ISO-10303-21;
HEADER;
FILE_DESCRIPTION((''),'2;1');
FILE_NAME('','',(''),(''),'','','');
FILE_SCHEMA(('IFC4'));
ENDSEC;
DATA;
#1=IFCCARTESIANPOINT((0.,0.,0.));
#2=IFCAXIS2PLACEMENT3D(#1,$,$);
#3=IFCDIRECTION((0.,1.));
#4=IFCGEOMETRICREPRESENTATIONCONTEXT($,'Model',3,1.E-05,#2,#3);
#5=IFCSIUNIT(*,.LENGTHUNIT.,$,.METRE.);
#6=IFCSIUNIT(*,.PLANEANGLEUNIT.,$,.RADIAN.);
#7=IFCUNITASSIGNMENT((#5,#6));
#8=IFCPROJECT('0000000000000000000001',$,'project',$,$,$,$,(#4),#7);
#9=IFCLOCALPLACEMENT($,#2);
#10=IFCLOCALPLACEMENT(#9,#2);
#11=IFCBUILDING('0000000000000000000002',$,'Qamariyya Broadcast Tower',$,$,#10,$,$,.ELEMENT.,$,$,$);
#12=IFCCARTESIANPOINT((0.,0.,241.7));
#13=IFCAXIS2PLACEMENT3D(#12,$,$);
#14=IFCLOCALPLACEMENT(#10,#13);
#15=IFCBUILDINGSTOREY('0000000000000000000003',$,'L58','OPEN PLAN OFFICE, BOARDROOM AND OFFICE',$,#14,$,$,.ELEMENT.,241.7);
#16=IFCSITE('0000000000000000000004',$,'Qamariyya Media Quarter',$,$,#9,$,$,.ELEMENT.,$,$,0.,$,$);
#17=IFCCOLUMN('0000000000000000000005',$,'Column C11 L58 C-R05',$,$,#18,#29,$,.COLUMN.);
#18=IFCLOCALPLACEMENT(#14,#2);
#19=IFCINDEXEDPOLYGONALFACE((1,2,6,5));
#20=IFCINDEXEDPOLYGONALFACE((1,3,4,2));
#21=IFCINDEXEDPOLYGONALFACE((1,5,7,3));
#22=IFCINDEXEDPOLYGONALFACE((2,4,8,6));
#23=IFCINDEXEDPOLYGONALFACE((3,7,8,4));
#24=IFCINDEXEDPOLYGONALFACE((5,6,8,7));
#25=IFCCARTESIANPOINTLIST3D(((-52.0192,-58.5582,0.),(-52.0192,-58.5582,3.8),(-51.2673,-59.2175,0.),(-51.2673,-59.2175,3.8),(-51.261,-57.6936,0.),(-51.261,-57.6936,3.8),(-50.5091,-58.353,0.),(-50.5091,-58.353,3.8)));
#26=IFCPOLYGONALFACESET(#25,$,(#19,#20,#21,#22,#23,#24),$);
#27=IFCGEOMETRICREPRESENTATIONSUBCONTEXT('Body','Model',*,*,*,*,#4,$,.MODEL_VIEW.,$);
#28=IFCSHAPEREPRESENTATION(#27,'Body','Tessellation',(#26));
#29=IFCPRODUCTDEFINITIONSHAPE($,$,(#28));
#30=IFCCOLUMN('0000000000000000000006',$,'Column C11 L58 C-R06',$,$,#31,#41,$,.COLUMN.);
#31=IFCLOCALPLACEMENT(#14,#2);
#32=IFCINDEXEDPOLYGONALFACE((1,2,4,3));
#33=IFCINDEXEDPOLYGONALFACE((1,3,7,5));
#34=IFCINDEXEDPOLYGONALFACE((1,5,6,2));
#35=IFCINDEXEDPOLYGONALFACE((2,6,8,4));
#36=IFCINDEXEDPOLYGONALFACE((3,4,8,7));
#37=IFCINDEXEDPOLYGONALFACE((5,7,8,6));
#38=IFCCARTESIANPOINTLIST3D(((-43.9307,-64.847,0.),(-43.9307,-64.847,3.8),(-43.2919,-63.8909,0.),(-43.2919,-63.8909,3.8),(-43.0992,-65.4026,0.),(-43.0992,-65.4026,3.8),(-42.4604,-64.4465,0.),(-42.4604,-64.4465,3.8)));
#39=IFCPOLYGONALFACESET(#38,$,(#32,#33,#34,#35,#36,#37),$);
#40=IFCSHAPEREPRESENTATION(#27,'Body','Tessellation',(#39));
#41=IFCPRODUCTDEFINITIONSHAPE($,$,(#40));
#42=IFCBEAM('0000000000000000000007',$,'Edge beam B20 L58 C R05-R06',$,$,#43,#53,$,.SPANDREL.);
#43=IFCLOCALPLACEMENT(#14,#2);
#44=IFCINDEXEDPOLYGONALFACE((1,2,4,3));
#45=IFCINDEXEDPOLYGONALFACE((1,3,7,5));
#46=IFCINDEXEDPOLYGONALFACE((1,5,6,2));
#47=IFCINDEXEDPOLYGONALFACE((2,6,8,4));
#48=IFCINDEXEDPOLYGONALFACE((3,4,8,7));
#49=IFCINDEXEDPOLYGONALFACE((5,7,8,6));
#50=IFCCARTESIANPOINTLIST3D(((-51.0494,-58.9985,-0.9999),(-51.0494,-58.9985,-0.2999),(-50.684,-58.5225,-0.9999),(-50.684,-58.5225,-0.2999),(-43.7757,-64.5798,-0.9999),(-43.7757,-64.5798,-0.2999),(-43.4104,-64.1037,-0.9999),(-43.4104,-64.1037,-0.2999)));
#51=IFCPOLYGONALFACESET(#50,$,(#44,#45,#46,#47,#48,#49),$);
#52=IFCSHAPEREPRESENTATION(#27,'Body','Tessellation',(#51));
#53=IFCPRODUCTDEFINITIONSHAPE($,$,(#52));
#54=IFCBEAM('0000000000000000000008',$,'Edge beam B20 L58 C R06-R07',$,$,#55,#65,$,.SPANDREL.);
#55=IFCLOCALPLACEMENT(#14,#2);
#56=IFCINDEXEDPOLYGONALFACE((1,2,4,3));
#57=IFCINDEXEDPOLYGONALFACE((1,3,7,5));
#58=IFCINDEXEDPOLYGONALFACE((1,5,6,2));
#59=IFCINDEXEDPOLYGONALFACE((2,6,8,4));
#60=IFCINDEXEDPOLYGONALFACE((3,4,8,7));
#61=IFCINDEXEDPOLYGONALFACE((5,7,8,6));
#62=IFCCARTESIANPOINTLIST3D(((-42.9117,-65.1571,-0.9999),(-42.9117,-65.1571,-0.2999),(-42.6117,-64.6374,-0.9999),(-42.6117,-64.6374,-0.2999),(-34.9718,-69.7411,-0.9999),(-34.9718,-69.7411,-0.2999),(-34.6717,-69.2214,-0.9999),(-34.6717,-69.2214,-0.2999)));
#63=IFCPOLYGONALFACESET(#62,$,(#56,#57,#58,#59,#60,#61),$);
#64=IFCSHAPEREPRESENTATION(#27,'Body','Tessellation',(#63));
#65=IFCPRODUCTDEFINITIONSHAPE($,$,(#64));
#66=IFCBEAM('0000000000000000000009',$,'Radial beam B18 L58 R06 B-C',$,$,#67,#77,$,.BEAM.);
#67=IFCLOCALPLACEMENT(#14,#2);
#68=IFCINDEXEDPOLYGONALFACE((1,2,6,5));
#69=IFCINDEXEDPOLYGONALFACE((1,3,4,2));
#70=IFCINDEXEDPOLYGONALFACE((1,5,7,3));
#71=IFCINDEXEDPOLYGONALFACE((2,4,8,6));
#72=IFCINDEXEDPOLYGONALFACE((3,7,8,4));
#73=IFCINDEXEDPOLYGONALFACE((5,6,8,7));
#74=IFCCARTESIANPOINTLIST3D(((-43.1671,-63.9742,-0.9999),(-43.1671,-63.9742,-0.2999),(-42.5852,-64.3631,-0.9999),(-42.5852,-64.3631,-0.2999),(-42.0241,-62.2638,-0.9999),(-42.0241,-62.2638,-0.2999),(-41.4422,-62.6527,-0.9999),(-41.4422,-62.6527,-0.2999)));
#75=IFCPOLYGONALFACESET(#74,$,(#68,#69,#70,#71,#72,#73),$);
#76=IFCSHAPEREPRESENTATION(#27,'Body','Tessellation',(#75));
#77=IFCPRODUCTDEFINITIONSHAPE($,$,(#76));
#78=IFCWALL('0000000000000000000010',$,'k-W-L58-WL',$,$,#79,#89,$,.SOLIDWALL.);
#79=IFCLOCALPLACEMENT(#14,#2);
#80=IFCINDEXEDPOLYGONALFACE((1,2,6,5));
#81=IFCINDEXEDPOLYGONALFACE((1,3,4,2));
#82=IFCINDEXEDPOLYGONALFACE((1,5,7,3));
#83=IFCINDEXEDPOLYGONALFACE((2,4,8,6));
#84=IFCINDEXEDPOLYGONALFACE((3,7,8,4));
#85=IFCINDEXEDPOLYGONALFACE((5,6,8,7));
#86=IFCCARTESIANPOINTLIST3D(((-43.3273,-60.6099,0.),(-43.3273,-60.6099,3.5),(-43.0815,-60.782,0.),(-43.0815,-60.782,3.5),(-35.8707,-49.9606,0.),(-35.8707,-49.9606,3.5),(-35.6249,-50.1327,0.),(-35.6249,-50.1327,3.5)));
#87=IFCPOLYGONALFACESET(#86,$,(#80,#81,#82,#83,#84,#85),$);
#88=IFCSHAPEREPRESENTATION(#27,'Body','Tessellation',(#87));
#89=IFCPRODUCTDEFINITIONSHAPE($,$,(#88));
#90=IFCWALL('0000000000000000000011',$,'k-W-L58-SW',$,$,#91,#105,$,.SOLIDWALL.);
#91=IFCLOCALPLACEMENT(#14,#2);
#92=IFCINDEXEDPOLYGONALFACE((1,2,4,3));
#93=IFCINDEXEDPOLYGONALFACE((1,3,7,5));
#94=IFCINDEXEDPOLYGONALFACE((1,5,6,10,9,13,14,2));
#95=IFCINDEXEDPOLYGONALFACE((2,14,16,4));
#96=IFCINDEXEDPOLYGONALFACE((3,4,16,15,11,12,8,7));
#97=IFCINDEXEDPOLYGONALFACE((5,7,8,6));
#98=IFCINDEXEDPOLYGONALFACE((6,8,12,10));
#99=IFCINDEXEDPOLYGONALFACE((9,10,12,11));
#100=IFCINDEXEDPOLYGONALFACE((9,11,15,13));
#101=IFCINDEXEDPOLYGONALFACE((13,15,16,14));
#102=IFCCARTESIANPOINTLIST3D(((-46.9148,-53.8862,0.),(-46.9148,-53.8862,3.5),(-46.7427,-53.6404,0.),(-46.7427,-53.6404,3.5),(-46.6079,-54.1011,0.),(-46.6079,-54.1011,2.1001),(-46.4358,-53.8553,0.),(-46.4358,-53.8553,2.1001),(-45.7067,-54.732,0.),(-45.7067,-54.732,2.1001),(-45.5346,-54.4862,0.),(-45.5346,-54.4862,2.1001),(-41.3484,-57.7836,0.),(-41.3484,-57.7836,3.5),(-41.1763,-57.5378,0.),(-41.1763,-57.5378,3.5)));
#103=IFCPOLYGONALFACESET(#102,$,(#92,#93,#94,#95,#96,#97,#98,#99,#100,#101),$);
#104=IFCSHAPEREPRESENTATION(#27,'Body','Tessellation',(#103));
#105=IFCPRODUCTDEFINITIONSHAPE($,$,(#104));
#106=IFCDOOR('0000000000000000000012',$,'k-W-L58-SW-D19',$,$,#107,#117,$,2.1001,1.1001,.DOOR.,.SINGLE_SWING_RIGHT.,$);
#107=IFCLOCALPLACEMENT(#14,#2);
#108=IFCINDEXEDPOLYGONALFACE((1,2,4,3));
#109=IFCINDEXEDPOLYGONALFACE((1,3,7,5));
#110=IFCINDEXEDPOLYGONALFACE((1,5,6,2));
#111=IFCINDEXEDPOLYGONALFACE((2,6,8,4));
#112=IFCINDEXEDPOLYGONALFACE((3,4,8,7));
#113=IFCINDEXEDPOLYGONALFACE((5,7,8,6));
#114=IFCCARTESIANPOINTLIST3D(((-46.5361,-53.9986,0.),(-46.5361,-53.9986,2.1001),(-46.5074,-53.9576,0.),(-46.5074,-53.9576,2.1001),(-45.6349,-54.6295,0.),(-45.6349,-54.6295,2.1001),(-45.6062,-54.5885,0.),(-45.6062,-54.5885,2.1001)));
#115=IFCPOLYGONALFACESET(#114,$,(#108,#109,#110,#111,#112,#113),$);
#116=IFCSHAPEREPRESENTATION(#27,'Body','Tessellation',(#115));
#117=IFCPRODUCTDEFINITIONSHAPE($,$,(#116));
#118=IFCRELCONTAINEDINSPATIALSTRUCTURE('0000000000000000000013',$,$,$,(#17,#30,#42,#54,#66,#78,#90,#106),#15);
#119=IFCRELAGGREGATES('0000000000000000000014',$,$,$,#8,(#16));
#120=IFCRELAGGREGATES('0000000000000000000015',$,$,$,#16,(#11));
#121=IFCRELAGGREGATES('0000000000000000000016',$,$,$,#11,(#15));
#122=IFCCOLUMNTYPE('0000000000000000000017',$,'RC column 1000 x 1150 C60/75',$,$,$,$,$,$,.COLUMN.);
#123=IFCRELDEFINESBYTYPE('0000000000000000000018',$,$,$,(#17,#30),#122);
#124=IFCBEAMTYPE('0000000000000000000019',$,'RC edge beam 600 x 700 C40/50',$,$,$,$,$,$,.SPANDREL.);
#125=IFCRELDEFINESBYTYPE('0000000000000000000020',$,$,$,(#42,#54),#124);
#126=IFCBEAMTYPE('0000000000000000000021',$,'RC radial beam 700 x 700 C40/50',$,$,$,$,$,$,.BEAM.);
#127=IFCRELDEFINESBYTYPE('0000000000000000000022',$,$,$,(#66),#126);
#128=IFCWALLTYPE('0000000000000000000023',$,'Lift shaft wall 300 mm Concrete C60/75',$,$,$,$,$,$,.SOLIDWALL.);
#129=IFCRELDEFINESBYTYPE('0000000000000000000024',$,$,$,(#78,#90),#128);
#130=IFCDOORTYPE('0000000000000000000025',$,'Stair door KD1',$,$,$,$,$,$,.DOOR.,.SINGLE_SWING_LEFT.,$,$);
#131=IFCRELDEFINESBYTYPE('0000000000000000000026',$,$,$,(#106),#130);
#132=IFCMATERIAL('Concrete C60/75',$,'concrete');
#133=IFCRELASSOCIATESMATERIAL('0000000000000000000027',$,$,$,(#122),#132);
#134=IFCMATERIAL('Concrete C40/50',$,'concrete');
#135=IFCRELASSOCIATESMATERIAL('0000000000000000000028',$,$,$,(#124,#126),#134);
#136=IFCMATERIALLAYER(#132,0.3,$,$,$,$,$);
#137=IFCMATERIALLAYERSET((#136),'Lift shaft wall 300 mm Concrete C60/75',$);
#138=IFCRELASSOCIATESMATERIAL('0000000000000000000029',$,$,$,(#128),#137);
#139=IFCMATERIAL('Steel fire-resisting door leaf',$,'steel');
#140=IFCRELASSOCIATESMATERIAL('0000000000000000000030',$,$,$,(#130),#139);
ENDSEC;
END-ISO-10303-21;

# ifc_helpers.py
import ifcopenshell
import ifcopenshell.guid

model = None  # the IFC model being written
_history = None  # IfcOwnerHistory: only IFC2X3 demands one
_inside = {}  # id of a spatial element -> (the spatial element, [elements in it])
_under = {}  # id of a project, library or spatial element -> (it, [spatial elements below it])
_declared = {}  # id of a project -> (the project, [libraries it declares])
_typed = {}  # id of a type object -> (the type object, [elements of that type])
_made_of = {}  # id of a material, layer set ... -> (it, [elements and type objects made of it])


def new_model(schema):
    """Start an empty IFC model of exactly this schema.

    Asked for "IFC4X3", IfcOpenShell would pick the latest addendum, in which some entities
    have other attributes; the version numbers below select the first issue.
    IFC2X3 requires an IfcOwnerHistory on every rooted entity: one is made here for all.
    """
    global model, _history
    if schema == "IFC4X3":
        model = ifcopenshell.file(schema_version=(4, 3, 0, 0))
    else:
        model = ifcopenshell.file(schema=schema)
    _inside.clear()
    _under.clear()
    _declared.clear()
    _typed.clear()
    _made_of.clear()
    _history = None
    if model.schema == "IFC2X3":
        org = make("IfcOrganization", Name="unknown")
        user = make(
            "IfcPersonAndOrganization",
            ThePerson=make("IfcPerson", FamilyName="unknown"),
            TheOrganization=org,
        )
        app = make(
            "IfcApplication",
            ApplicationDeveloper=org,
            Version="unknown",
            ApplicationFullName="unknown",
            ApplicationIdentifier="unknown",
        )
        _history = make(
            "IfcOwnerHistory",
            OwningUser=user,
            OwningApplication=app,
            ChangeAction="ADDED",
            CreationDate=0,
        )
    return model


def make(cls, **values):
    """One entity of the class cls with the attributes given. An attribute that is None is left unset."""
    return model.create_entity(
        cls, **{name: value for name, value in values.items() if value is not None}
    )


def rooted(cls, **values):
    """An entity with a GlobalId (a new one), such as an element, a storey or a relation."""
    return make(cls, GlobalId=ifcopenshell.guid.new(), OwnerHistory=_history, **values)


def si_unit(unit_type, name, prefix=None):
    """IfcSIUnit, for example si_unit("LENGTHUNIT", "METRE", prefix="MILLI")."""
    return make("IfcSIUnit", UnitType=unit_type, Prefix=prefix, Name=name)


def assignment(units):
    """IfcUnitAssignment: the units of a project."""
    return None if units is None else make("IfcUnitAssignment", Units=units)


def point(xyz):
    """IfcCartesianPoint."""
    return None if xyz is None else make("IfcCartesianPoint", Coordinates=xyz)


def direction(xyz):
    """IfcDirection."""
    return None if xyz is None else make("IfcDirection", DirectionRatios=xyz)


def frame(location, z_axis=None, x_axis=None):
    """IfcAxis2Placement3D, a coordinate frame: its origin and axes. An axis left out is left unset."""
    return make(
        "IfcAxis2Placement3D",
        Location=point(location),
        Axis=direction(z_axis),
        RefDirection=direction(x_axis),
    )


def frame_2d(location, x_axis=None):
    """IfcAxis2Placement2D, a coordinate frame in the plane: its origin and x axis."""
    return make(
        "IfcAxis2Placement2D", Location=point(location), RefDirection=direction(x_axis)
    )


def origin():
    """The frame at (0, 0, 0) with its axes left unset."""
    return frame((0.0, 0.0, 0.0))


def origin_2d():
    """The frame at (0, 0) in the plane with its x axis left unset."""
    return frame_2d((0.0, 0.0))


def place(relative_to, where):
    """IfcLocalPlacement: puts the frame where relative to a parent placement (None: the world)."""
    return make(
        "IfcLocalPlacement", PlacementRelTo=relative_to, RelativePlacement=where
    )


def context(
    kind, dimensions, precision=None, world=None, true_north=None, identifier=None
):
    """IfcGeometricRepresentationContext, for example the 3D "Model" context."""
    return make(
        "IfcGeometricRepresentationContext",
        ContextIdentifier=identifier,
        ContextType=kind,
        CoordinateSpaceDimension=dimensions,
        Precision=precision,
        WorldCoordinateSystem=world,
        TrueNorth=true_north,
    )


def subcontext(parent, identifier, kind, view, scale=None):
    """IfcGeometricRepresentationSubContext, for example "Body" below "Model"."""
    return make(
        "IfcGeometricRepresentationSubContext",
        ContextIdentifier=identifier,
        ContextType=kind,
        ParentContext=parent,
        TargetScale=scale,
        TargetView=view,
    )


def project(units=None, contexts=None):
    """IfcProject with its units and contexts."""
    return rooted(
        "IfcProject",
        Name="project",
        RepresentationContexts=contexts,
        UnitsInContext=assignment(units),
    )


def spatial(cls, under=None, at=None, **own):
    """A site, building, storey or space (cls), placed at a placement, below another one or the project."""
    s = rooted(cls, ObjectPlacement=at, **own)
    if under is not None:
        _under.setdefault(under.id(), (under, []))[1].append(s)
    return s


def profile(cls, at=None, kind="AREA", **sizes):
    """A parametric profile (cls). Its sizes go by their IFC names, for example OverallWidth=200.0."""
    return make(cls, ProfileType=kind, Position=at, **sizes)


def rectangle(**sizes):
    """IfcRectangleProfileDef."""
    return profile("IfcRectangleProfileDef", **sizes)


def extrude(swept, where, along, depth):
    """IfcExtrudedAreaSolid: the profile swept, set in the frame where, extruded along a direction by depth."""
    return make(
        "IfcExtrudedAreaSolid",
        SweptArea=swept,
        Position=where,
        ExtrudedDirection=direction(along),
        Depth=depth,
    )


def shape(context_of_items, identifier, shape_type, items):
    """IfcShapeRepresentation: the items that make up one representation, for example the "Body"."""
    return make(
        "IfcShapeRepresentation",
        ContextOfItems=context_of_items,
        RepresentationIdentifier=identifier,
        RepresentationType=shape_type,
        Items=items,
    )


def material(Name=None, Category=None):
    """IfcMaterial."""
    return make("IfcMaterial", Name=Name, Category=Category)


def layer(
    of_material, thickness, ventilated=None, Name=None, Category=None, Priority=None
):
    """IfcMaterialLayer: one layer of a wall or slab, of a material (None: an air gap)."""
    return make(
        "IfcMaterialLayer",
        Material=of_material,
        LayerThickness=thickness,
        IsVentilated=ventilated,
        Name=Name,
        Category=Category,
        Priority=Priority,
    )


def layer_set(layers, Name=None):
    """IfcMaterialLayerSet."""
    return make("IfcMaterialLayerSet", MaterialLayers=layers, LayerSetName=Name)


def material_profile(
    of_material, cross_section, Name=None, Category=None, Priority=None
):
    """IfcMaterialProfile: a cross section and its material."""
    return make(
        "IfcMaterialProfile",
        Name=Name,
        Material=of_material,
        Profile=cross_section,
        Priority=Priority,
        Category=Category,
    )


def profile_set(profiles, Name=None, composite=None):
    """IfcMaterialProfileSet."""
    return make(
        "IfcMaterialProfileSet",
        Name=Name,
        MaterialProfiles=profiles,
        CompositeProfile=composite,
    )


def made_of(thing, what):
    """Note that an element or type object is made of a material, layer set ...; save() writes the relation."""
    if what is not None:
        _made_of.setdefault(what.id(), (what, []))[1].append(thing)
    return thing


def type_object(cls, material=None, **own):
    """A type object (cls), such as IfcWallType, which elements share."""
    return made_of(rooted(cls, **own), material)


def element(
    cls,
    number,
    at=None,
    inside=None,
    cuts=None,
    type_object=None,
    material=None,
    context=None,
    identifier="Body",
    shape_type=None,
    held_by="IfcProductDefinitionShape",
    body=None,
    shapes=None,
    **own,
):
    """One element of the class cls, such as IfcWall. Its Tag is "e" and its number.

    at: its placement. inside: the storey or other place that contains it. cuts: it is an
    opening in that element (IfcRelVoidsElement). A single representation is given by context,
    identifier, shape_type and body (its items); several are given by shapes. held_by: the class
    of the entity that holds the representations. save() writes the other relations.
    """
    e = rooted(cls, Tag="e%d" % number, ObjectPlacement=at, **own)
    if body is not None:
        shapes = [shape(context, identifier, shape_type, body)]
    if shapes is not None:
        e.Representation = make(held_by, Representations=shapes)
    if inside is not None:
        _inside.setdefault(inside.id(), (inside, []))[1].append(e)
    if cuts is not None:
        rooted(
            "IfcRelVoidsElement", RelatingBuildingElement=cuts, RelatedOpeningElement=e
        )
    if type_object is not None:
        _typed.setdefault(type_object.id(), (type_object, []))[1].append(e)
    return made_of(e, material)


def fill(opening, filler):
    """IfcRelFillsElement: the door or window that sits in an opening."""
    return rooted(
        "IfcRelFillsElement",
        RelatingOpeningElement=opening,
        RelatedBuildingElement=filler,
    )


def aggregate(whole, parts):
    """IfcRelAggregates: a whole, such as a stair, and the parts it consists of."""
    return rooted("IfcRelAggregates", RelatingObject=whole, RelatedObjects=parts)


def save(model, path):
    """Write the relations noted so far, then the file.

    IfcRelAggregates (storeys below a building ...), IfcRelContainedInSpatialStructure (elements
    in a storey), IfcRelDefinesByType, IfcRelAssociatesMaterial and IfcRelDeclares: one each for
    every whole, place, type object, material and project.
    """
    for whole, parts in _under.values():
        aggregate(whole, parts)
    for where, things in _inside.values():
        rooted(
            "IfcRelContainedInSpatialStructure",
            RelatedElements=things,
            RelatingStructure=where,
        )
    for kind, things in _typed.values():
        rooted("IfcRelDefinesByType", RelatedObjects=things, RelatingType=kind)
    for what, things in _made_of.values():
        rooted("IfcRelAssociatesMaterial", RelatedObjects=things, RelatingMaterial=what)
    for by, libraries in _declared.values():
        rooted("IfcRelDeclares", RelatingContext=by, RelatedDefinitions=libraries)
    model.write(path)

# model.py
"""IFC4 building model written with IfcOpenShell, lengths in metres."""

from ifc_helpers import new_model, si_unit, direction, frame, frame_2d, origin, origin_2d, place, context, subcontext, project, spatial, rectangle, extrude, material, layer, layer_set, material_profile, profile_set, type_object, element, fill, save


model = new_model("IFC4")

# Units and contexts
model_context = context("Model", 3, precision=1e-05, world=origin(), true_north=direction((0.0, 1.0)))
body_context = subcontext(model_context, "Body", "Model", "MODEL_VIEW")
ifc_project = project(units=[si_unit("LENGTHUNIT", "METRE"), si_unit("PLANEANGLEUNIT", "RADIAN")], contexts=[model_context])

# Site, building, storey
site_placement = place(None, origin())
site = spatial("IfcSite", under=ifc_project, at=site_placement, Name="Qamariyya Media Quarter", CompositionType="ELEMENT", RefElevation=0.0)
building_placement = place(site_placement, origin())
building = spatial("IfcBuilding", under=site, at=building_placement, Name="Qamariyya Broadcast Tower", CompositionType="ELEMENT")
storey_placement = place(building_placement, frame((0.0, 0.0, 241.7)))
storey = spatial("IfcBuildingStorey", under=building, at=storey_placement, Name="L58", Description="OPEN PLAN OFFICE, BOARDROOM AND OFFICE", CompositionType="ELEMENT", Elevation=241.7)

# Columns
ifc_material_1 = material(Name="Concrete C60/75", Category="concrete")
ifc_material_profile_1 = material_profile(ifc_material_1, rectangle(XDim=1.0, YDim=1.1499, at=origin_2d()))
ifc_profile_set_1 = profile_set([ifc_material_profile_1], Name="Concrete C60/75")
column_type = type_object("IfcColumnType", Name="RC column 1000 x 1150 C60/75", PredefinedType="COLUMN", material=ifc_profile_set_1)
for number, where, z_axis, x_axis, name in (
    (1, (-51.2642, -58.4556, 0.0), (0.0, 0.0, 1.0), (0.75184, -0.659346, 0.0), "Column C11 L58 C-R05"),
    (2, (-43.1956, -64.6467, 0.0), (0.0, 0.0, 1.0), (0.83147, -0.55557, 0.0), "Column C11 L58 C-R06"),
):
    element("IfcColumn", number, at=place(storey_placement, frame(where, z_axis=z_axis, x_axis=x_axis)), inside=storey, type_object=column_type, Name=name, PredefinedType="COLUMN", context=body_context, shape_type="SweptSolid", body=[
        extrude(rectangle(XDim=1.0, YDim=1.1499, at=origin_2d()), origin(), (0.0, 0.0, 1.0), 3.8),
    ])

# Beams
ifc_material_2 = material(Name="Concrete C40/50", Category="concrete")
ifc_material_profile_2 = material_profile(ifc_material_2, rectangle(XDim=0.6001, YDim=0.7, at=origin_2d()))
ifc_profile_set_2 = profile_set([ifc_material_profile_2], Name="Concrete C40/50")
beam_type_1 = type_object("IfcBeamType", Name="RC edge beam 600 x 700 C40/50", PredefinedType="SPANDREL", material=ifc_profile_set_2)
for number, where, z_axis, x_axis, name in (
    (3, (-50.8667, -58.7605, -0.6499), (0.793353, -0.608762, 0.0), (0.608762, 0.793353, 0.0), "Edge beam B20 L58 C R05-R06"),
    (4, (-42.7617, -64.8972, -0.6499), (0.866032, -0.499988, 0.0), (0.499988, 0.866032, 0.0), "Edge beam B20 L58 C R06-R07"),
):
    element("IfcBeam", number, at=place(storey_placement, frame(where, z_axis=z_axis, x_axis=x_axis)), inside=storey, type_object=beam_type_1, Name=name, PredefinedType="SPANDREL", context=body_context, shape_type="SweptSolid", body=[
        extrude(rectangle(XDim=0.6001, YDim=0.7, at=origin_2d()), origin(), (0.0, 0.0, 1.0), 9.1682),
    ])
ifc_material_profile_3 = material_profile(ifc_material_2, rectangle(XDim=0.7, YDim=0.7, at=origin_2d()))
ifc_profile_set_3 = profile_set([ifc_material_profile_3], Name="Concrete C40/50")
beam_type_2 = type_object("IfcBeamType", Name="RC radial beam 700 x 700 C40/50", PredefinedType="BEAM", material=ifc_profile_set_3)
beam_placement = place(storey_placement, frame((-41.7332, -62.4583, -0.6499), z_axis=(-0.555631, -0.831429, 0.0), x_axis=(0.831429, -0.555631, 0.0)))
element("IfcBeam", 5, at=beam_placement, inside=storey, type_object=beam_type_2, Name="Radial beam B18 L58 R06 B-C", PredefinedType="BEAM", context=body_context, shape_type="SweptSolid", body=[
    extrude(rectangle(XDim=0.7, YDim=0.7, at=origin_2d()), origin(), (0.0, 0.0, 1.0), 2.0571),
])

# Wall
ifc_layer = layer(ifc_material_1, 0.3)
ifc_layer_set = layer_set([ifc_layer], Name="Lift shaft wall 300 mm Concrete C60/75")
wall_type = type_object("IfcWallType", Name="Lift shaft wall 300 mm Concrete C60/75", PredefinedType="SOLIDWALL", material=ifc_layer_set)
wall_1_placement = place(storey_placement, frame((-43.2043, -60.6958, 0.0), z_axis=(0.0, 0.0, 1.0), x_axis=(0.573572, 0.819155, 0.0)))
element("IfcWall", 6, at=wall_1_placement, inside=storey, type_object=wall_type, Name="k-W-L58-WL", PredefinedType="SOLIDWALL", context=body_context, shape_type="SweptSolid", body=[
    extrude(rectangle(XDim=13.0002, YDim=0.3, at=frame_2d((6.5, 0.0))), origin(), (0.0, 0.0, 1.0), 3.5),
])

# Wall, opening, door
wall_2_placement = place(storey_placement, frame((-41.2625, -57.6606, 0.0), z_axis=(0.0, 0.0, 1.0), x_axis=(-0.819164, 0.573559, 0.0)))
wall_2 = element("IfcWall", 7, at=wall_2_placement, inside=storey, type_object=wall_type, Name="k-W-L58-SW", PredefinedType="SOLIDWALL", context=body_context, shape_type="SweptSolid", body=[
    extrude(rectangle(XDim=6.7952, YDim=0.3, at=frame_2d((3.3975, 0.0))), origin(), (0.0, 0.0, 1.0), 3.5),
])
opening_placement = place(wall_2_placement, frame((5.3203, 0.0, 0.0)))
opening = element("IfcOpeningElement", 8, at=opening_placement, cuts=wall_2, PredefinedType="OPENING", context=body_context, shape_type="SweptSolid", body=[
    extrude(rectangle(XDim=1.1001, YDim=2.1001, at=frame_2d((0.55, 1.05))), frame((0.0, 0.1599, 0.0), z_axis=(0.0, -1.0, 0.0), x_axis=(1.0, 0.0, 0.0)), (0.0, 0.0, 1.0), 0.3201),
])
ifc_material_3 = material(Name="Steel fire-resisting door leaf", Category="steel")
door_type = type_object("IfcDoorType", Name="Stair door KD1", OperationType="SINGLE_SWING_LEFT", PredefinedType="DOOR", material=ifc_material_3)
door_placement = place(opening_placement, origin())
door = element("IfcDoor", 9, at=door_placement, inside=storey, type_object=door_type, Name="k-W-L58-SW-D19", OperationType="SINGLE_SWING_RIGHT", OverallHeight=2.1001, OverallWidth=1.1001, PredefinedType="DOOR", context=body_context, shape_type="SweptSolid", body=[
    extrude(rectangle(XDim=1.1001, YDim=2.1001, at=frame_2d((0.55, 1.05))), frame((0.0, 0.0249, 0.0), z_axis=(0.0, -1.0, 0.0), x_axis=(1.0, 0.0, 0.0)), (0.0, 0.0, 1.0), 0.05),
])
fill(opening, door)

save(model, "model.ifc")
